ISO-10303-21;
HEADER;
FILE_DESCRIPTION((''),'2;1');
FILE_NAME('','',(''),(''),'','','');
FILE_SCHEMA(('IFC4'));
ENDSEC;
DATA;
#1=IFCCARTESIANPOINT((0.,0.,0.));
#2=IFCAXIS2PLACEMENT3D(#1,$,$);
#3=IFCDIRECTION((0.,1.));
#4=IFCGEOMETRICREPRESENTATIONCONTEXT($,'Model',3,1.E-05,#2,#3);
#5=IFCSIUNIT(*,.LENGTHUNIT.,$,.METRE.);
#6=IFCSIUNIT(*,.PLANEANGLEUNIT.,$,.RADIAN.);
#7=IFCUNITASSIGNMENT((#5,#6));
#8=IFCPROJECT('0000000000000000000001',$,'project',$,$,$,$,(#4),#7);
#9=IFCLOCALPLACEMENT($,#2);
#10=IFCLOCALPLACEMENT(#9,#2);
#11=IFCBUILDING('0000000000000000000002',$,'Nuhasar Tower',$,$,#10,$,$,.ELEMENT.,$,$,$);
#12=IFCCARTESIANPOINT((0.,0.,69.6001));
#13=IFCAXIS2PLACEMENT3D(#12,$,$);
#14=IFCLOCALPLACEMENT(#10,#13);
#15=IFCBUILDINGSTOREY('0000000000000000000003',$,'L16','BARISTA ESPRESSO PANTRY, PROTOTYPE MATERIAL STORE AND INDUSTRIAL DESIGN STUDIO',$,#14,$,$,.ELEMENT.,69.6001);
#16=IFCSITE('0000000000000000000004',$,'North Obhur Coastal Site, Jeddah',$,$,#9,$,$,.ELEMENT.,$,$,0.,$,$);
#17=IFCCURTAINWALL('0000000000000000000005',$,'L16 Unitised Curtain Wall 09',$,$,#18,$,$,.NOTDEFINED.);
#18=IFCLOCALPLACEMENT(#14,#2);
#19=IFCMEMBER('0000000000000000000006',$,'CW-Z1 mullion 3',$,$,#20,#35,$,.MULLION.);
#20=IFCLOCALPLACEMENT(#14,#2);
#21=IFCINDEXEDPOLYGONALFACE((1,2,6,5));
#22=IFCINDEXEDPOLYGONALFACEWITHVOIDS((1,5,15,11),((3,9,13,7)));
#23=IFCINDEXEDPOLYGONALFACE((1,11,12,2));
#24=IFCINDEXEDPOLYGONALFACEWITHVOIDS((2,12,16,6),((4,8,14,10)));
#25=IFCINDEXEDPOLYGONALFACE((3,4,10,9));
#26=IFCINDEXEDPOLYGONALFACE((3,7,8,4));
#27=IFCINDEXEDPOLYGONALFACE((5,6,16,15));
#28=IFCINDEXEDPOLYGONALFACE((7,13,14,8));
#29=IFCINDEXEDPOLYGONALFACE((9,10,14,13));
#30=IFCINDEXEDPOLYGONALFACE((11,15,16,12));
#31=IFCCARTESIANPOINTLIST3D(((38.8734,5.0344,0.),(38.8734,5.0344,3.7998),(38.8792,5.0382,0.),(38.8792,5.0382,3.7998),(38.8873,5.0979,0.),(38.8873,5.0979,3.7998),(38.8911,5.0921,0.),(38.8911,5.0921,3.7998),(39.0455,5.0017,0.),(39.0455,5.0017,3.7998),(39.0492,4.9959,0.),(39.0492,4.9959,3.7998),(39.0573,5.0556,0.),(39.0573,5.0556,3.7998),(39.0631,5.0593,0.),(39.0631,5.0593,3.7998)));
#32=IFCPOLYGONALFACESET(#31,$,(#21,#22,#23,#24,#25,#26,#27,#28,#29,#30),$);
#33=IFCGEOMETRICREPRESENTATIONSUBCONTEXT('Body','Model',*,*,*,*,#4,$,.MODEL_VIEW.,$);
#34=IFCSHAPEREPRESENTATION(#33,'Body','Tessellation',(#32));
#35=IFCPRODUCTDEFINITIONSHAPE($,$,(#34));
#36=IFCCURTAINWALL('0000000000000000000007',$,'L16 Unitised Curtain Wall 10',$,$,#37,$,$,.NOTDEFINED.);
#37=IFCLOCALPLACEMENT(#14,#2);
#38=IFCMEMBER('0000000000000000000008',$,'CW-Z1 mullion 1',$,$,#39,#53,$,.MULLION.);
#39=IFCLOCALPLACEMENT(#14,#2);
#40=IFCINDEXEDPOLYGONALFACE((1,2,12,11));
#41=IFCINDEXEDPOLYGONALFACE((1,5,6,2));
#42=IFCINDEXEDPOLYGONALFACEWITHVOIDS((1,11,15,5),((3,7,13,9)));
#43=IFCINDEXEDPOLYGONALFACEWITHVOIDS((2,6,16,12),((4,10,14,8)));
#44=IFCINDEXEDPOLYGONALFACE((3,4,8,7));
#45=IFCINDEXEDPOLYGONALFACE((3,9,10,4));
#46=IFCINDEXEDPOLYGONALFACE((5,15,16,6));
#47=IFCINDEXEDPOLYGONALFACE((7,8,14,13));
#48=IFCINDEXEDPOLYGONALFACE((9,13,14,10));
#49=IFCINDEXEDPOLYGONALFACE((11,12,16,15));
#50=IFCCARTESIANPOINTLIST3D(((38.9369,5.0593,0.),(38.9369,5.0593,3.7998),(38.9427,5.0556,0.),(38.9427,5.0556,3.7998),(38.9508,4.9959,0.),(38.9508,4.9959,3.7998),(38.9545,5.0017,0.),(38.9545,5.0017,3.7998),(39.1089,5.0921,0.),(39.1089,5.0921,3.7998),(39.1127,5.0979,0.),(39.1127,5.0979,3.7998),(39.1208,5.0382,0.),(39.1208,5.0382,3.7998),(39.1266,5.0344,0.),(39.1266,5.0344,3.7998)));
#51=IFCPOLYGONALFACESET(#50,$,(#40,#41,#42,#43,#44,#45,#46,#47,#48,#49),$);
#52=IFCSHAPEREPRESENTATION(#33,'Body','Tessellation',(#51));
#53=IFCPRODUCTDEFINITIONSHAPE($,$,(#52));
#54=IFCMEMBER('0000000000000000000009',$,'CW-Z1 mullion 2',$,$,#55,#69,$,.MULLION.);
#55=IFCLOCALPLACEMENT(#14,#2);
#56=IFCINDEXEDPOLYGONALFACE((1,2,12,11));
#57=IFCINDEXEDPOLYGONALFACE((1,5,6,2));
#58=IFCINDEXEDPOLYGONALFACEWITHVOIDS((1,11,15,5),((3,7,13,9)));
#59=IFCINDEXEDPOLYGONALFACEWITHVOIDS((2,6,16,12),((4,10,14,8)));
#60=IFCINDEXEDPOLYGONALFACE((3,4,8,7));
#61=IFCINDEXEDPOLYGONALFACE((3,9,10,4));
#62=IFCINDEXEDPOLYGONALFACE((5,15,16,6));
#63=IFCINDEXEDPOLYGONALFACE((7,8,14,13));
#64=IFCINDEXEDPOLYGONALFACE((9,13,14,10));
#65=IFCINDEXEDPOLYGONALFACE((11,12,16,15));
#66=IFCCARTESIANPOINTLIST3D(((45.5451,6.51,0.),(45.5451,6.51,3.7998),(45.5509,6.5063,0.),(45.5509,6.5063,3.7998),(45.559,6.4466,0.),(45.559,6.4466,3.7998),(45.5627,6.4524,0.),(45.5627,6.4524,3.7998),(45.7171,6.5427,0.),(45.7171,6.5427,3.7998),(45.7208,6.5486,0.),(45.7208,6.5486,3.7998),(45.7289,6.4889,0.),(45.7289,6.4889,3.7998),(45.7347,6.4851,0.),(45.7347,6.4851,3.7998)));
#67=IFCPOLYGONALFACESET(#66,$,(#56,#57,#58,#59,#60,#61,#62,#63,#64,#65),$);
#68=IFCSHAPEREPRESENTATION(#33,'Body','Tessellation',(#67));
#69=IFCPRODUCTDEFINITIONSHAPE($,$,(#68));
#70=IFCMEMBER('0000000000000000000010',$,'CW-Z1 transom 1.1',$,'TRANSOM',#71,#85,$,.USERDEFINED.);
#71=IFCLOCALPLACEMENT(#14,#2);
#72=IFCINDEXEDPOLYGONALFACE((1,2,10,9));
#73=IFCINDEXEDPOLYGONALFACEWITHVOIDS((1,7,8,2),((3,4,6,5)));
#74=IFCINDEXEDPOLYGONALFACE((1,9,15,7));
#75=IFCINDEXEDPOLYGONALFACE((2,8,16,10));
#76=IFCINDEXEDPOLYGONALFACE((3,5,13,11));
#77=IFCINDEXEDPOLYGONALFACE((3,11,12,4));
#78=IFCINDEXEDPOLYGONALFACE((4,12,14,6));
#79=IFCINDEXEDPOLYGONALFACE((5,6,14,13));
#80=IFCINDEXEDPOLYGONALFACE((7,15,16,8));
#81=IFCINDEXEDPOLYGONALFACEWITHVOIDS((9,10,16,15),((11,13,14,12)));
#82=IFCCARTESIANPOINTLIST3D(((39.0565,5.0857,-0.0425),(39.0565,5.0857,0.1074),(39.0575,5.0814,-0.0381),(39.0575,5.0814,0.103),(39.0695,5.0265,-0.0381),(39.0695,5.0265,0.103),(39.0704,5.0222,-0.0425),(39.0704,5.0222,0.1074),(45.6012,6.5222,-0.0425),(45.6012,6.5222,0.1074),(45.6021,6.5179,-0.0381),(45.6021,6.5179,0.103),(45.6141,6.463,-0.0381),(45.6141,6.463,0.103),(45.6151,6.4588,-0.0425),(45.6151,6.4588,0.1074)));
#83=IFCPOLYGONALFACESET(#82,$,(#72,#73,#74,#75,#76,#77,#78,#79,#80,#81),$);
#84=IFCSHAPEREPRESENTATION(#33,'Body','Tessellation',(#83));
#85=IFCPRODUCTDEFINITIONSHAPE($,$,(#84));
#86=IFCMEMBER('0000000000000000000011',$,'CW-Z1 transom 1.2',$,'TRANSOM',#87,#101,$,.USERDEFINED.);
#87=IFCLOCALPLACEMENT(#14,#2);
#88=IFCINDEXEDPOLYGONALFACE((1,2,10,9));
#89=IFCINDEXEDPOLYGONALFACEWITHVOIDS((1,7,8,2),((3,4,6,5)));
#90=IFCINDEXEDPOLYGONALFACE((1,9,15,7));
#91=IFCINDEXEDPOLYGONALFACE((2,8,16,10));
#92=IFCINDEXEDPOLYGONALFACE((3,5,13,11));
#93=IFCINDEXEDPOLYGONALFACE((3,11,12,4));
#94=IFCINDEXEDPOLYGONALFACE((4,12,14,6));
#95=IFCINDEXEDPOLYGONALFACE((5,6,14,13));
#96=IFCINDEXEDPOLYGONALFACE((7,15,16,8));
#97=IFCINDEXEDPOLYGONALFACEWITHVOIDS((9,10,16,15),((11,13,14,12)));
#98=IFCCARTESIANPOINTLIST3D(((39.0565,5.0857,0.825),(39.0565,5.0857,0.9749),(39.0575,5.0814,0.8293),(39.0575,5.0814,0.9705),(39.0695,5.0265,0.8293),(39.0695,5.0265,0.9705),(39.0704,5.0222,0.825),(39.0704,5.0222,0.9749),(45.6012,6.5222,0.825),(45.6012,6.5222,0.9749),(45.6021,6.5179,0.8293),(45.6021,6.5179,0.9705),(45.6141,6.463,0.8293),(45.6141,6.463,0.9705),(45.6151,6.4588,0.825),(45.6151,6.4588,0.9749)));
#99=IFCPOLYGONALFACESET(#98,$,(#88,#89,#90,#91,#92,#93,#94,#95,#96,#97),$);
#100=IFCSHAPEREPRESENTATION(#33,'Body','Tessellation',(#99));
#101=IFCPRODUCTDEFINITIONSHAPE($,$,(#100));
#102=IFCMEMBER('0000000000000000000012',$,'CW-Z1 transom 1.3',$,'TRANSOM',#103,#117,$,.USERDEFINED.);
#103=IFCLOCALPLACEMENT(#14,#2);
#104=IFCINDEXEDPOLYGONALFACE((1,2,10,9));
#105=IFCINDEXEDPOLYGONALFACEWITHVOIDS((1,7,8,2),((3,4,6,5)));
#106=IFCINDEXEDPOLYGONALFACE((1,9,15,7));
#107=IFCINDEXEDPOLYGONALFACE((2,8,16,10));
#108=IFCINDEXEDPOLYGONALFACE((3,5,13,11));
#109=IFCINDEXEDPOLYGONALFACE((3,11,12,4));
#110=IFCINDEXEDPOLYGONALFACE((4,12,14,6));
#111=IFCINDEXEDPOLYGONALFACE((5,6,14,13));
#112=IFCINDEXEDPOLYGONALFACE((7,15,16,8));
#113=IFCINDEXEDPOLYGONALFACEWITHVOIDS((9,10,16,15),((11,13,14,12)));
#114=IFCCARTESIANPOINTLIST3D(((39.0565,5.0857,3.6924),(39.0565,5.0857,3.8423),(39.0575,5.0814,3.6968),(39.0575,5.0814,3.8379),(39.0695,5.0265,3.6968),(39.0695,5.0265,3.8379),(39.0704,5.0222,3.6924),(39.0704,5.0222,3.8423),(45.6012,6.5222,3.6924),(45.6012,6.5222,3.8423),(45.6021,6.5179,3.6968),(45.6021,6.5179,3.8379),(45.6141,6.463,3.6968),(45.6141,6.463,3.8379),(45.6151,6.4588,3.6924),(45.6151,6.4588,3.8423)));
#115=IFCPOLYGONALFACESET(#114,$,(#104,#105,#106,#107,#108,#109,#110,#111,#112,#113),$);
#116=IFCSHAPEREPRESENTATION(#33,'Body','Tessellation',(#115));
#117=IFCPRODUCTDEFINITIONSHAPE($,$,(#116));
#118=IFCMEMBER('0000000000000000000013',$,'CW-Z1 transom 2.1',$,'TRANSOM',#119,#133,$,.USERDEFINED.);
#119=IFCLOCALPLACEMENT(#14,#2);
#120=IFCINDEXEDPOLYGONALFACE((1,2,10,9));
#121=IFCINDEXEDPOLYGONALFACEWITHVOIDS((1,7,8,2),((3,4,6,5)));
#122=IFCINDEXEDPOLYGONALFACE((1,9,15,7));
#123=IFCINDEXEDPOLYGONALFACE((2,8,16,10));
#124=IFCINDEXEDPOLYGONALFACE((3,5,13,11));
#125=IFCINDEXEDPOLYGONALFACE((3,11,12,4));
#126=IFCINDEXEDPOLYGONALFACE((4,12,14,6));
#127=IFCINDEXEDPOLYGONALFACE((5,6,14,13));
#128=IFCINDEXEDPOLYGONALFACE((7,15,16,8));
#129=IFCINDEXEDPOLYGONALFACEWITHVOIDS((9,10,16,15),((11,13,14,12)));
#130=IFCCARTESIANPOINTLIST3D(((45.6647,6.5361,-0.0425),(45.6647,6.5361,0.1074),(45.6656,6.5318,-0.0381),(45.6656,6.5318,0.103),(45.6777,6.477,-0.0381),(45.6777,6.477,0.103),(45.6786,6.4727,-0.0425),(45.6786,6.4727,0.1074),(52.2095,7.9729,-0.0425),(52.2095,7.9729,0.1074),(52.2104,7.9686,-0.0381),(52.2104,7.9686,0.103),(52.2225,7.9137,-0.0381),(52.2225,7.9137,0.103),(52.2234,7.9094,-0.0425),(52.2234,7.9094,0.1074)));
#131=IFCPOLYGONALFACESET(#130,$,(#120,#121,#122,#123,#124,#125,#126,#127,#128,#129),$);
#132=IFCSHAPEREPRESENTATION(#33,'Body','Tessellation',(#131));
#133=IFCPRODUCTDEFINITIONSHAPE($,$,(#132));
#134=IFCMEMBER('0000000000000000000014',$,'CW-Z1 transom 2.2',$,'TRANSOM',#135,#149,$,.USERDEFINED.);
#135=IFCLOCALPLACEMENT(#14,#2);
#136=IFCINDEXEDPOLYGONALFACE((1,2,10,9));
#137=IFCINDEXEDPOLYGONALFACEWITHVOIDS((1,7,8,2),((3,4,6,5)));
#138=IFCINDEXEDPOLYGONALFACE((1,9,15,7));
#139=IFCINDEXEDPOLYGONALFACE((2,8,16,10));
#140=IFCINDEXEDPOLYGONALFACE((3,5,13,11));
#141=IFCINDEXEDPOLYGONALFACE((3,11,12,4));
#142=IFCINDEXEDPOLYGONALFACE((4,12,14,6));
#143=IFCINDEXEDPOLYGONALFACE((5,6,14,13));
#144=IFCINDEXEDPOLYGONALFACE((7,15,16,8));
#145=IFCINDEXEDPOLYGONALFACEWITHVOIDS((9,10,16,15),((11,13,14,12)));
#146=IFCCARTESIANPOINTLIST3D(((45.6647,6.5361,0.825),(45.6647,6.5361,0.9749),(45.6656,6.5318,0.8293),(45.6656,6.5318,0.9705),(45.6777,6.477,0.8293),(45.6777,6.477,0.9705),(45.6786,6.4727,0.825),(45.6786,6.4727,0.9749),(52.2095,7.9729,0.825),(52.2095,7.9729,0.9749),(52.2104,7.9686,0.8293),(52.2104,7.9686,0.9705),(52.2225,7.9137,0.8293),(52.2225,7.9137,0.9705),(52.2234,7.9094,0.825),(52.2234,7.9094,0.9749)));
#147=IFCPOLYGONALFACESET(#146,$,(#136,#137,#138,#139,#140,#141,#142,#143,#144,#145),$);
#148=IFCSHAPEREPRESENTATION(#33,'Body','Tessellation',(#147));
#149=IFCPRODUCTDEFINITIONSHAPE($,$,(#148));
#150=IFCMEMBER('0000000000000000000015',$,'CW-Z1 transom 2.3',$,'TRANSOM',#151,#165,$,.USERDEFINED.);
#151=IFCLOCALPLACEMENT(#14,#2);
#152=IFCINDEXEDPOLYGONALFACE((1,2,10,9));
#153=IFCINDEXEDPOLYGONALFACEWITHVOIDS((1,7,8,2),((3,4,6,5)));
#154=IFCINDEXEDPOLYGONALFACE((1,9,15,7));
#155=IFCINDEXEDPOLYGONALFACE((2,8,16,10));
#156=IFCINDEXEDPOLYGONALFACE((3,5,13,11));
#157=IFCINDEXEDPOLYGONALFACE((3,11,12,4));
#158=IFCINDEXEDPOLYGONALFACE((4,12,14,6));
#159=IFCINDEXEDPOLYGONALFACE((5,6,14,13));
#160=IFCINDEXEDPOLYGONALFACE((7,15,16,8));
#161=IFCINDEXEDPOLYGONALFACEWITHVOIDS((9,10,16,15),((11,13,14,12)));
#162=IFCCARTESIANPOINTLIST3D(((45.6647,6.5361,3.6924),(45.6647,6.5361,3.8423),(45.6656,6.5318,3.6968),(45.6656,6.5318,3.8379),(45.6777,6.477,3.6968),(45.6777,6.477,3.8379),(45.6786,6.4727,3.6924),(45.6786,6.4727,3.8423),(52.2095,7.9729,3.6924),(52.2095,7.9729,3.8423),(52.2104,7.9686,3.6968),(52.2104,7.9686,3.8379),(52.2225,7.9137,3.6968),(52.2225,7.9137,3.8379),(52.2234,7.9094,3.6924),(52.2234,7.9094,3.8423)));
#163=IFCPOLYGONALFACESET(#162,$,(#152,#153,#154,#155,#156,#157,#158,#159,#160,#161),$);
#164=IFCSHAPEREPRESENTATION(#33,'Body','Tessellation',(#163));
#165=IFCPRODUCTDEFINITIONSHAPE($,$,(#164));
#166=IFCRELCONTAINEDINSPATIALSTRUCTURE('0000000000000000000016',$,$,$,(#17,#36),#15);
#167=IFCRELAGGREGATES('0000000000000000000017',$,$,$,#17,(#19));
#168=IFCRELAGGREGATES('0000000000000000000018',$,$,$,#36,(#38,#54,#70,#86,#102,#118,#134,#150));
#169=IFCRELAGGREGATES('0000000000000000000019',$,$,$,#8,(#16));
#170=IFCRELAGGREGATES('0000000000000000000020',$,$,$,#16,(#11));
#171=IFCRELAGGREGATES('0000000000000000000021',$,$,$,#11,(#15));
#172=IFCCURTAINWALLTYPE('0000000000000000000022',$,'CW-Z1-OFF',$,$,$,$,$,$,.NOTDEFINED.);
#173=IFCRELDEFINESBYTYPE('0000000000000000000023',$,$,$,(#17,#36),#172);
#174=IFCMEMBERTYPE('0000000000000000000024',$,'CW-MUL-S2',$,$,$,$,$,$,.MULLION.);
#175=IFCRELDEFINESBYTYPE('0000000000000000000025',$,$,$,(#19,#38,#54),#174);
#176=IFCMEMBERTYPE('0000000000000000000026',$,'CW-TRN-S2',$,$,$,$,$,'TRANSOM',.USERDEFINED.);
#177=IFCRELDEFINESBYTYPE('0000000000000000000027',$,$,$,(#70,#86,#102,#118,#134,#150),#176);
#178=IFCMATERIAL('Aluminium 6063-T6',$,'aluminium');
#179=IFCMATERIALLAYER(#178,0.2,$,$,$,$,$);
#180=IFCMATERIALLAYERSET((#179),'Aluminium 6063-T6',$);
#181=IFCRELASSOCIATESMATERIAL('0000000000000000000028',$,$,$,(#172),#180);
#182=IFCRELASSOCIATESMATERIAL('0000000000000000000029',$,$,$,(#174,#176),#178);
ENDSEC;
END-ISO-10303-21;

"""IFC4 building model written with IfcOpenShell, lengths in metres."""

from ifc_helpers import new_model, si_unit, direction, frame, origin, origin_2d, place, context, subcontext, project, spatial, hollow_rectangle, extrude, material, layer, layer_set, material_profile, profile_set, type_object, element, aggregate, save


model = new_model("IFC4")

# Units and contexts
model_context = context("Model", 3, precision=1e-05, world=origin(), true_north=direction((0.0, 1.0)))
body_context = subcontext(model_context, "Body", "Model", "MODEL_VIEW")
ifc_project = project(units=[si_unit("LENGTHUNIT", "METRE"), si_unit("PLANEANGLEUNIT", "RADIAN")], contexts=[model_context])

# Site, building, storey
site_placement = place(None, origin())
site = spatial("IfcSite", under=ifc_project, at=site_placement, Name="North Obhur Coastal Site, Jeddah", CompositionType="ELEMENT", RefElevation=0.0)
building_placement = place(site_placement, origin())
building = spatial("IfcBuilding", under=site, at=building_placement, Name="Nuhasar Tower", CompositionType="ELEMENT")
storey_placement = place(building_placement, frame((0.0, 0.0, 69.6001)))
storey = spatial("IfcBuildingStorey", under=building, at=storey_placement, Name="L16", Description="BARISTA ESPRESSO PANTRY, PROTOTYPE MATERIAL STORE AND INDUSTRIAL DESIGN STUDIO", CompositionType="ELEMENT", Elevation=69.6001)

# Curtain wall, member
ifc_material_1 = material(Name="Aluminium 6063-T6", Category="aluminium")
ifc_layer_1 = layer(ifc_material_1, 0.2)
ifc_layer_set_1 = layer_set([ifc_layer_1], Name="Aluminium 6063-T6")
curtain_wall_type = type_object("IfcCurtainWallType", Name="CW-Z1-OFF", PredefinedType="NOTDEFINED", material=ifc_layer_set_1)
curtain_wall_1_placement = place(storey_placement, origin())
curtain_wall_1 = element("IfcCurtainWall", 1, at=curtain_wall_1_placement, inside=storey, type_object=curtain_wall_type, Name="L16 Unitised Curtain Wall 09", PredefinedType="NOTDEFINED")
ifc_material_profile_1 = material_profile(ifc_material_1, hollow_rectangle(XDim=0.0649, YDim=0.1799, WallThickness=0.0049, at=origin_2d()), Name="CWM-2")
ifc_profile_set_1 = profile_set([ifc_material_profile_1], Name="Aluminium 6063-T6")
member_type_1 = type_object("IfcMemberType", Name="CW-MUL-S2", PredefinedType="MULLION", material=ifc_profile_set_1)
member_1_placement = place(storey_placement, frame((38.9683, 5.0469, 0.0), z_axis=(0.0, 0.0, 1.0), x_axis=(0.214399, 0.976746, 0.0)))
member_1 = element("IfcMember", 2, at=member_1_placement, type_object=member_type_1, Name="CW-Z1 mullion 3", PredefinedType="MULLION", context=body_context, shape_type="SweptSolid", body=[
    extrude(hollow_rectangle(XDim=0.0649, YDim=0.1799, WallThickness=0.0049, at=origin_2d()), origin(), (0.0, 0.0, 1.0), 3.7998),
])
aggregate(curtain_wall_1, [member_1])

# Curtain wall, members
curtain_wall_2_placement = place(storey_placement, origin())
curtain_wall_2 = element("IfcCurtainWall", 3, at=curtain_wall_2_placement, inside=storey, type_object=curtain_wall_type, Name="L16 Unitised Curtain Wall 10", PredefinedType="NOTDEFINED")
member_2_placement = place(storey_placement, frame((39.0317, 5.0469, 0.0), z_axis=(0.0, 0.0, 1.0), x_axis=(-0.214399, 0.976746, 0.0)))
member_2 = element("IfcMember", 4, at=member_2_placement, type_object=member_type_1, Name="CW-Z1 mullion 1", PredefinedType="MULLION", context=body_context, shape_type="SweptSolid", body=[
    extrude(hollow_rectangle(XDim=0.0649, YDim=0.1799, WallThickness=0.0049, at=origin_2d()), origin(), (0.0, 0.0, 1.0), 3.7998),
])
member_3_placement = place(storey_placement, frame((45.6399, 6.4976, 0.0), z_axis=(0.0, 0.0, 1.0), x_axis=(-0.214399, 0.976746, 0.0)))
member_3 = element("IfcMember", 5, at=member_3_placement, type_object=member_type_1, Name="CW-Z1 mullion 2", PredefinedType="MULLION", context=body_context, shape_type="SweptSolid", body=[
    extrude(hollow_rectangle(XDim=0.0649, YDim=0.1799, WallThickness=0.0049, at=origin_2d()), origin(), (0.0, 0.0, 1.0), 3.7998),
])
ifc_material_profile_2 = material_profile(ifc_material_1, hollow_rectangle(XDim=0.0649, YDim=0.1499, WallThickness=0.0044, at=origin_2d()), Name="CWT-2")
ifc_profile_set_2 = profile_set([ifc_material_profile_2], Name="Aluminium 6063-T6")
member_type_2 = type_object("IfcMemberType", Name="CW-TRN-S2", ElementType="TRANSOM", PredefinedType="USERDEFINED", material=ifc_profile_set_2)
member_4_placement = place(storey_placement, frame((39.0635, 5.054, 0.0325), z_axis=(0.976748, 0.214391, 0.0), x_axis=(-0.214391, 0.976748, 0.0)))
member_4 = element("IfcMember", 6, at=member_4_placement, type_object=member_type_2, Name="CW-Z1 transom 1.1", ObjectType="TRANSOM", PredefinedType="USERDEFINED", context=body_context, shape_type="SweptSolid", body=[
    extrude(hollow_rectangle(XDim=0.0649, YDim=0.1499, WallThickness=0.0044, at=origin_2d()), origin(), (0.0, 0.0, 1.0), 6.7004),
])
member_5_placement = place(storey_placement, frame((39.0635, 5.054, 0.8999), z_axis=(0.976748, 0.214391, 0.0), x_axis=(-0.214391, 0.976748, 0.0)))
member_5 = element("IfcMember", 7, at=member_5_placement, type_object=member_type_2, Name="CW-Z1 transom 1.2", ObjectType="TRANSOM", PredefinedType="USERDEFINED", context=body_context, shape_type="SweptSolid", body=[
    extrude(hollow_rectangle(XDim=0.0649, YDim=0.1499, WallThickness=0.0044, at=origin_2d()), origin(), (0.0, 0.0, 1.0), 6.7004),
])
member_6_placement = place(storey_placement, frame((39.0635, 5.054, 3.7673), z_axis=(0.976748, 0.214391, 0.0), x_axis=(-0.214391, 0.976748, 0.0)))
member_6 = element("IfcMember", 8, at=member_6_placement, type_object=member_type_2, Name="CW-Z1 transom 1.3", ObjectType="TRANSOM", PredefinedType="USERDEFINED", context=body_context, shape_type="SweptSolid", body=[
    extrude(hollow_rectangle(XDim=0.0649, YDim=0.1499, WallThickness=0.0044, at=origin_2d()), origin(), (0.0, 0.0, 1.0), 6.7004),
])
member_7_placement = place(storey_placement, frame((45.6716, 6.5044, 0.0325), z_axis=(0.976742, 0.214418, 0.0), x_axis=(-0.214418, 0.976742, 0.0)))
member_7 = element("IfcMember", 9, at=member_7_placement, type_object=member_type_2, Name="CW-Z1 transom 2.1", ObjectType="TRANSOM", PredefinedType="USERDEFINED", context=body_context, shape_type="SweptSolid", body=[
    extrude(hollow_rectangle(XDim=0.0649, YDim=0.1499, WallThickness=0.0044, at=origin_2d()), origin(), (0.0, 0.0, 1.0), 6.7007),
])
member_8_placement = place(storey_placement, frame((45.6716, 6.5044, 0.8999), z_axis=(0.976742, 0.214418, 0.0), x_axis=(-0.214418, 0.976742, 0.0)))
member_8 = element("IfcMember", 10, at=member_8_placement, type_object=member_type_2, Name="CW-Z1 transom 2.2", ObjectType="TRANSOM", PredefinedType="USERDEFINED", context=body_context, shape_type="SweptSolid", body=[
    extrude(hollow_rectangle(XDim=0.0649, YDim=0.1499, WallThickness=0.0044, at=origin_2d()), origin(), (0.0, 0.0, 1.0), 6.7007),
])
member_9_placement = place(storey_placement, frame((45.6716, 6.5044, 3.7673), z_axis=(0.976742, 0.214418, 0.0), x_axis=(-0.214418, 0.976742, 0.0)))
member_9 = element("IfcMember", 11, at=member_9_placement, type_object=member_type_2, Name="CW-Z1 transom 2.3", ObjectType="TRANSOM", PredefinedType="USERDEFINED", context=body_context, shape_type="SweptSolid", body=[
    extrude(hollow_rectangle(XDim=0.0649, YDim=0.1499, WallThickness=0.0044, at=origin_2d()), origin(), (0.0, 0.0, 1.0), 6.7007),
])

aggregate(curtain_wall_2, [member_2, member_3, member_4, member_5, member_6, member_7, member_8, member_9])

save(model, "model.ifc")
